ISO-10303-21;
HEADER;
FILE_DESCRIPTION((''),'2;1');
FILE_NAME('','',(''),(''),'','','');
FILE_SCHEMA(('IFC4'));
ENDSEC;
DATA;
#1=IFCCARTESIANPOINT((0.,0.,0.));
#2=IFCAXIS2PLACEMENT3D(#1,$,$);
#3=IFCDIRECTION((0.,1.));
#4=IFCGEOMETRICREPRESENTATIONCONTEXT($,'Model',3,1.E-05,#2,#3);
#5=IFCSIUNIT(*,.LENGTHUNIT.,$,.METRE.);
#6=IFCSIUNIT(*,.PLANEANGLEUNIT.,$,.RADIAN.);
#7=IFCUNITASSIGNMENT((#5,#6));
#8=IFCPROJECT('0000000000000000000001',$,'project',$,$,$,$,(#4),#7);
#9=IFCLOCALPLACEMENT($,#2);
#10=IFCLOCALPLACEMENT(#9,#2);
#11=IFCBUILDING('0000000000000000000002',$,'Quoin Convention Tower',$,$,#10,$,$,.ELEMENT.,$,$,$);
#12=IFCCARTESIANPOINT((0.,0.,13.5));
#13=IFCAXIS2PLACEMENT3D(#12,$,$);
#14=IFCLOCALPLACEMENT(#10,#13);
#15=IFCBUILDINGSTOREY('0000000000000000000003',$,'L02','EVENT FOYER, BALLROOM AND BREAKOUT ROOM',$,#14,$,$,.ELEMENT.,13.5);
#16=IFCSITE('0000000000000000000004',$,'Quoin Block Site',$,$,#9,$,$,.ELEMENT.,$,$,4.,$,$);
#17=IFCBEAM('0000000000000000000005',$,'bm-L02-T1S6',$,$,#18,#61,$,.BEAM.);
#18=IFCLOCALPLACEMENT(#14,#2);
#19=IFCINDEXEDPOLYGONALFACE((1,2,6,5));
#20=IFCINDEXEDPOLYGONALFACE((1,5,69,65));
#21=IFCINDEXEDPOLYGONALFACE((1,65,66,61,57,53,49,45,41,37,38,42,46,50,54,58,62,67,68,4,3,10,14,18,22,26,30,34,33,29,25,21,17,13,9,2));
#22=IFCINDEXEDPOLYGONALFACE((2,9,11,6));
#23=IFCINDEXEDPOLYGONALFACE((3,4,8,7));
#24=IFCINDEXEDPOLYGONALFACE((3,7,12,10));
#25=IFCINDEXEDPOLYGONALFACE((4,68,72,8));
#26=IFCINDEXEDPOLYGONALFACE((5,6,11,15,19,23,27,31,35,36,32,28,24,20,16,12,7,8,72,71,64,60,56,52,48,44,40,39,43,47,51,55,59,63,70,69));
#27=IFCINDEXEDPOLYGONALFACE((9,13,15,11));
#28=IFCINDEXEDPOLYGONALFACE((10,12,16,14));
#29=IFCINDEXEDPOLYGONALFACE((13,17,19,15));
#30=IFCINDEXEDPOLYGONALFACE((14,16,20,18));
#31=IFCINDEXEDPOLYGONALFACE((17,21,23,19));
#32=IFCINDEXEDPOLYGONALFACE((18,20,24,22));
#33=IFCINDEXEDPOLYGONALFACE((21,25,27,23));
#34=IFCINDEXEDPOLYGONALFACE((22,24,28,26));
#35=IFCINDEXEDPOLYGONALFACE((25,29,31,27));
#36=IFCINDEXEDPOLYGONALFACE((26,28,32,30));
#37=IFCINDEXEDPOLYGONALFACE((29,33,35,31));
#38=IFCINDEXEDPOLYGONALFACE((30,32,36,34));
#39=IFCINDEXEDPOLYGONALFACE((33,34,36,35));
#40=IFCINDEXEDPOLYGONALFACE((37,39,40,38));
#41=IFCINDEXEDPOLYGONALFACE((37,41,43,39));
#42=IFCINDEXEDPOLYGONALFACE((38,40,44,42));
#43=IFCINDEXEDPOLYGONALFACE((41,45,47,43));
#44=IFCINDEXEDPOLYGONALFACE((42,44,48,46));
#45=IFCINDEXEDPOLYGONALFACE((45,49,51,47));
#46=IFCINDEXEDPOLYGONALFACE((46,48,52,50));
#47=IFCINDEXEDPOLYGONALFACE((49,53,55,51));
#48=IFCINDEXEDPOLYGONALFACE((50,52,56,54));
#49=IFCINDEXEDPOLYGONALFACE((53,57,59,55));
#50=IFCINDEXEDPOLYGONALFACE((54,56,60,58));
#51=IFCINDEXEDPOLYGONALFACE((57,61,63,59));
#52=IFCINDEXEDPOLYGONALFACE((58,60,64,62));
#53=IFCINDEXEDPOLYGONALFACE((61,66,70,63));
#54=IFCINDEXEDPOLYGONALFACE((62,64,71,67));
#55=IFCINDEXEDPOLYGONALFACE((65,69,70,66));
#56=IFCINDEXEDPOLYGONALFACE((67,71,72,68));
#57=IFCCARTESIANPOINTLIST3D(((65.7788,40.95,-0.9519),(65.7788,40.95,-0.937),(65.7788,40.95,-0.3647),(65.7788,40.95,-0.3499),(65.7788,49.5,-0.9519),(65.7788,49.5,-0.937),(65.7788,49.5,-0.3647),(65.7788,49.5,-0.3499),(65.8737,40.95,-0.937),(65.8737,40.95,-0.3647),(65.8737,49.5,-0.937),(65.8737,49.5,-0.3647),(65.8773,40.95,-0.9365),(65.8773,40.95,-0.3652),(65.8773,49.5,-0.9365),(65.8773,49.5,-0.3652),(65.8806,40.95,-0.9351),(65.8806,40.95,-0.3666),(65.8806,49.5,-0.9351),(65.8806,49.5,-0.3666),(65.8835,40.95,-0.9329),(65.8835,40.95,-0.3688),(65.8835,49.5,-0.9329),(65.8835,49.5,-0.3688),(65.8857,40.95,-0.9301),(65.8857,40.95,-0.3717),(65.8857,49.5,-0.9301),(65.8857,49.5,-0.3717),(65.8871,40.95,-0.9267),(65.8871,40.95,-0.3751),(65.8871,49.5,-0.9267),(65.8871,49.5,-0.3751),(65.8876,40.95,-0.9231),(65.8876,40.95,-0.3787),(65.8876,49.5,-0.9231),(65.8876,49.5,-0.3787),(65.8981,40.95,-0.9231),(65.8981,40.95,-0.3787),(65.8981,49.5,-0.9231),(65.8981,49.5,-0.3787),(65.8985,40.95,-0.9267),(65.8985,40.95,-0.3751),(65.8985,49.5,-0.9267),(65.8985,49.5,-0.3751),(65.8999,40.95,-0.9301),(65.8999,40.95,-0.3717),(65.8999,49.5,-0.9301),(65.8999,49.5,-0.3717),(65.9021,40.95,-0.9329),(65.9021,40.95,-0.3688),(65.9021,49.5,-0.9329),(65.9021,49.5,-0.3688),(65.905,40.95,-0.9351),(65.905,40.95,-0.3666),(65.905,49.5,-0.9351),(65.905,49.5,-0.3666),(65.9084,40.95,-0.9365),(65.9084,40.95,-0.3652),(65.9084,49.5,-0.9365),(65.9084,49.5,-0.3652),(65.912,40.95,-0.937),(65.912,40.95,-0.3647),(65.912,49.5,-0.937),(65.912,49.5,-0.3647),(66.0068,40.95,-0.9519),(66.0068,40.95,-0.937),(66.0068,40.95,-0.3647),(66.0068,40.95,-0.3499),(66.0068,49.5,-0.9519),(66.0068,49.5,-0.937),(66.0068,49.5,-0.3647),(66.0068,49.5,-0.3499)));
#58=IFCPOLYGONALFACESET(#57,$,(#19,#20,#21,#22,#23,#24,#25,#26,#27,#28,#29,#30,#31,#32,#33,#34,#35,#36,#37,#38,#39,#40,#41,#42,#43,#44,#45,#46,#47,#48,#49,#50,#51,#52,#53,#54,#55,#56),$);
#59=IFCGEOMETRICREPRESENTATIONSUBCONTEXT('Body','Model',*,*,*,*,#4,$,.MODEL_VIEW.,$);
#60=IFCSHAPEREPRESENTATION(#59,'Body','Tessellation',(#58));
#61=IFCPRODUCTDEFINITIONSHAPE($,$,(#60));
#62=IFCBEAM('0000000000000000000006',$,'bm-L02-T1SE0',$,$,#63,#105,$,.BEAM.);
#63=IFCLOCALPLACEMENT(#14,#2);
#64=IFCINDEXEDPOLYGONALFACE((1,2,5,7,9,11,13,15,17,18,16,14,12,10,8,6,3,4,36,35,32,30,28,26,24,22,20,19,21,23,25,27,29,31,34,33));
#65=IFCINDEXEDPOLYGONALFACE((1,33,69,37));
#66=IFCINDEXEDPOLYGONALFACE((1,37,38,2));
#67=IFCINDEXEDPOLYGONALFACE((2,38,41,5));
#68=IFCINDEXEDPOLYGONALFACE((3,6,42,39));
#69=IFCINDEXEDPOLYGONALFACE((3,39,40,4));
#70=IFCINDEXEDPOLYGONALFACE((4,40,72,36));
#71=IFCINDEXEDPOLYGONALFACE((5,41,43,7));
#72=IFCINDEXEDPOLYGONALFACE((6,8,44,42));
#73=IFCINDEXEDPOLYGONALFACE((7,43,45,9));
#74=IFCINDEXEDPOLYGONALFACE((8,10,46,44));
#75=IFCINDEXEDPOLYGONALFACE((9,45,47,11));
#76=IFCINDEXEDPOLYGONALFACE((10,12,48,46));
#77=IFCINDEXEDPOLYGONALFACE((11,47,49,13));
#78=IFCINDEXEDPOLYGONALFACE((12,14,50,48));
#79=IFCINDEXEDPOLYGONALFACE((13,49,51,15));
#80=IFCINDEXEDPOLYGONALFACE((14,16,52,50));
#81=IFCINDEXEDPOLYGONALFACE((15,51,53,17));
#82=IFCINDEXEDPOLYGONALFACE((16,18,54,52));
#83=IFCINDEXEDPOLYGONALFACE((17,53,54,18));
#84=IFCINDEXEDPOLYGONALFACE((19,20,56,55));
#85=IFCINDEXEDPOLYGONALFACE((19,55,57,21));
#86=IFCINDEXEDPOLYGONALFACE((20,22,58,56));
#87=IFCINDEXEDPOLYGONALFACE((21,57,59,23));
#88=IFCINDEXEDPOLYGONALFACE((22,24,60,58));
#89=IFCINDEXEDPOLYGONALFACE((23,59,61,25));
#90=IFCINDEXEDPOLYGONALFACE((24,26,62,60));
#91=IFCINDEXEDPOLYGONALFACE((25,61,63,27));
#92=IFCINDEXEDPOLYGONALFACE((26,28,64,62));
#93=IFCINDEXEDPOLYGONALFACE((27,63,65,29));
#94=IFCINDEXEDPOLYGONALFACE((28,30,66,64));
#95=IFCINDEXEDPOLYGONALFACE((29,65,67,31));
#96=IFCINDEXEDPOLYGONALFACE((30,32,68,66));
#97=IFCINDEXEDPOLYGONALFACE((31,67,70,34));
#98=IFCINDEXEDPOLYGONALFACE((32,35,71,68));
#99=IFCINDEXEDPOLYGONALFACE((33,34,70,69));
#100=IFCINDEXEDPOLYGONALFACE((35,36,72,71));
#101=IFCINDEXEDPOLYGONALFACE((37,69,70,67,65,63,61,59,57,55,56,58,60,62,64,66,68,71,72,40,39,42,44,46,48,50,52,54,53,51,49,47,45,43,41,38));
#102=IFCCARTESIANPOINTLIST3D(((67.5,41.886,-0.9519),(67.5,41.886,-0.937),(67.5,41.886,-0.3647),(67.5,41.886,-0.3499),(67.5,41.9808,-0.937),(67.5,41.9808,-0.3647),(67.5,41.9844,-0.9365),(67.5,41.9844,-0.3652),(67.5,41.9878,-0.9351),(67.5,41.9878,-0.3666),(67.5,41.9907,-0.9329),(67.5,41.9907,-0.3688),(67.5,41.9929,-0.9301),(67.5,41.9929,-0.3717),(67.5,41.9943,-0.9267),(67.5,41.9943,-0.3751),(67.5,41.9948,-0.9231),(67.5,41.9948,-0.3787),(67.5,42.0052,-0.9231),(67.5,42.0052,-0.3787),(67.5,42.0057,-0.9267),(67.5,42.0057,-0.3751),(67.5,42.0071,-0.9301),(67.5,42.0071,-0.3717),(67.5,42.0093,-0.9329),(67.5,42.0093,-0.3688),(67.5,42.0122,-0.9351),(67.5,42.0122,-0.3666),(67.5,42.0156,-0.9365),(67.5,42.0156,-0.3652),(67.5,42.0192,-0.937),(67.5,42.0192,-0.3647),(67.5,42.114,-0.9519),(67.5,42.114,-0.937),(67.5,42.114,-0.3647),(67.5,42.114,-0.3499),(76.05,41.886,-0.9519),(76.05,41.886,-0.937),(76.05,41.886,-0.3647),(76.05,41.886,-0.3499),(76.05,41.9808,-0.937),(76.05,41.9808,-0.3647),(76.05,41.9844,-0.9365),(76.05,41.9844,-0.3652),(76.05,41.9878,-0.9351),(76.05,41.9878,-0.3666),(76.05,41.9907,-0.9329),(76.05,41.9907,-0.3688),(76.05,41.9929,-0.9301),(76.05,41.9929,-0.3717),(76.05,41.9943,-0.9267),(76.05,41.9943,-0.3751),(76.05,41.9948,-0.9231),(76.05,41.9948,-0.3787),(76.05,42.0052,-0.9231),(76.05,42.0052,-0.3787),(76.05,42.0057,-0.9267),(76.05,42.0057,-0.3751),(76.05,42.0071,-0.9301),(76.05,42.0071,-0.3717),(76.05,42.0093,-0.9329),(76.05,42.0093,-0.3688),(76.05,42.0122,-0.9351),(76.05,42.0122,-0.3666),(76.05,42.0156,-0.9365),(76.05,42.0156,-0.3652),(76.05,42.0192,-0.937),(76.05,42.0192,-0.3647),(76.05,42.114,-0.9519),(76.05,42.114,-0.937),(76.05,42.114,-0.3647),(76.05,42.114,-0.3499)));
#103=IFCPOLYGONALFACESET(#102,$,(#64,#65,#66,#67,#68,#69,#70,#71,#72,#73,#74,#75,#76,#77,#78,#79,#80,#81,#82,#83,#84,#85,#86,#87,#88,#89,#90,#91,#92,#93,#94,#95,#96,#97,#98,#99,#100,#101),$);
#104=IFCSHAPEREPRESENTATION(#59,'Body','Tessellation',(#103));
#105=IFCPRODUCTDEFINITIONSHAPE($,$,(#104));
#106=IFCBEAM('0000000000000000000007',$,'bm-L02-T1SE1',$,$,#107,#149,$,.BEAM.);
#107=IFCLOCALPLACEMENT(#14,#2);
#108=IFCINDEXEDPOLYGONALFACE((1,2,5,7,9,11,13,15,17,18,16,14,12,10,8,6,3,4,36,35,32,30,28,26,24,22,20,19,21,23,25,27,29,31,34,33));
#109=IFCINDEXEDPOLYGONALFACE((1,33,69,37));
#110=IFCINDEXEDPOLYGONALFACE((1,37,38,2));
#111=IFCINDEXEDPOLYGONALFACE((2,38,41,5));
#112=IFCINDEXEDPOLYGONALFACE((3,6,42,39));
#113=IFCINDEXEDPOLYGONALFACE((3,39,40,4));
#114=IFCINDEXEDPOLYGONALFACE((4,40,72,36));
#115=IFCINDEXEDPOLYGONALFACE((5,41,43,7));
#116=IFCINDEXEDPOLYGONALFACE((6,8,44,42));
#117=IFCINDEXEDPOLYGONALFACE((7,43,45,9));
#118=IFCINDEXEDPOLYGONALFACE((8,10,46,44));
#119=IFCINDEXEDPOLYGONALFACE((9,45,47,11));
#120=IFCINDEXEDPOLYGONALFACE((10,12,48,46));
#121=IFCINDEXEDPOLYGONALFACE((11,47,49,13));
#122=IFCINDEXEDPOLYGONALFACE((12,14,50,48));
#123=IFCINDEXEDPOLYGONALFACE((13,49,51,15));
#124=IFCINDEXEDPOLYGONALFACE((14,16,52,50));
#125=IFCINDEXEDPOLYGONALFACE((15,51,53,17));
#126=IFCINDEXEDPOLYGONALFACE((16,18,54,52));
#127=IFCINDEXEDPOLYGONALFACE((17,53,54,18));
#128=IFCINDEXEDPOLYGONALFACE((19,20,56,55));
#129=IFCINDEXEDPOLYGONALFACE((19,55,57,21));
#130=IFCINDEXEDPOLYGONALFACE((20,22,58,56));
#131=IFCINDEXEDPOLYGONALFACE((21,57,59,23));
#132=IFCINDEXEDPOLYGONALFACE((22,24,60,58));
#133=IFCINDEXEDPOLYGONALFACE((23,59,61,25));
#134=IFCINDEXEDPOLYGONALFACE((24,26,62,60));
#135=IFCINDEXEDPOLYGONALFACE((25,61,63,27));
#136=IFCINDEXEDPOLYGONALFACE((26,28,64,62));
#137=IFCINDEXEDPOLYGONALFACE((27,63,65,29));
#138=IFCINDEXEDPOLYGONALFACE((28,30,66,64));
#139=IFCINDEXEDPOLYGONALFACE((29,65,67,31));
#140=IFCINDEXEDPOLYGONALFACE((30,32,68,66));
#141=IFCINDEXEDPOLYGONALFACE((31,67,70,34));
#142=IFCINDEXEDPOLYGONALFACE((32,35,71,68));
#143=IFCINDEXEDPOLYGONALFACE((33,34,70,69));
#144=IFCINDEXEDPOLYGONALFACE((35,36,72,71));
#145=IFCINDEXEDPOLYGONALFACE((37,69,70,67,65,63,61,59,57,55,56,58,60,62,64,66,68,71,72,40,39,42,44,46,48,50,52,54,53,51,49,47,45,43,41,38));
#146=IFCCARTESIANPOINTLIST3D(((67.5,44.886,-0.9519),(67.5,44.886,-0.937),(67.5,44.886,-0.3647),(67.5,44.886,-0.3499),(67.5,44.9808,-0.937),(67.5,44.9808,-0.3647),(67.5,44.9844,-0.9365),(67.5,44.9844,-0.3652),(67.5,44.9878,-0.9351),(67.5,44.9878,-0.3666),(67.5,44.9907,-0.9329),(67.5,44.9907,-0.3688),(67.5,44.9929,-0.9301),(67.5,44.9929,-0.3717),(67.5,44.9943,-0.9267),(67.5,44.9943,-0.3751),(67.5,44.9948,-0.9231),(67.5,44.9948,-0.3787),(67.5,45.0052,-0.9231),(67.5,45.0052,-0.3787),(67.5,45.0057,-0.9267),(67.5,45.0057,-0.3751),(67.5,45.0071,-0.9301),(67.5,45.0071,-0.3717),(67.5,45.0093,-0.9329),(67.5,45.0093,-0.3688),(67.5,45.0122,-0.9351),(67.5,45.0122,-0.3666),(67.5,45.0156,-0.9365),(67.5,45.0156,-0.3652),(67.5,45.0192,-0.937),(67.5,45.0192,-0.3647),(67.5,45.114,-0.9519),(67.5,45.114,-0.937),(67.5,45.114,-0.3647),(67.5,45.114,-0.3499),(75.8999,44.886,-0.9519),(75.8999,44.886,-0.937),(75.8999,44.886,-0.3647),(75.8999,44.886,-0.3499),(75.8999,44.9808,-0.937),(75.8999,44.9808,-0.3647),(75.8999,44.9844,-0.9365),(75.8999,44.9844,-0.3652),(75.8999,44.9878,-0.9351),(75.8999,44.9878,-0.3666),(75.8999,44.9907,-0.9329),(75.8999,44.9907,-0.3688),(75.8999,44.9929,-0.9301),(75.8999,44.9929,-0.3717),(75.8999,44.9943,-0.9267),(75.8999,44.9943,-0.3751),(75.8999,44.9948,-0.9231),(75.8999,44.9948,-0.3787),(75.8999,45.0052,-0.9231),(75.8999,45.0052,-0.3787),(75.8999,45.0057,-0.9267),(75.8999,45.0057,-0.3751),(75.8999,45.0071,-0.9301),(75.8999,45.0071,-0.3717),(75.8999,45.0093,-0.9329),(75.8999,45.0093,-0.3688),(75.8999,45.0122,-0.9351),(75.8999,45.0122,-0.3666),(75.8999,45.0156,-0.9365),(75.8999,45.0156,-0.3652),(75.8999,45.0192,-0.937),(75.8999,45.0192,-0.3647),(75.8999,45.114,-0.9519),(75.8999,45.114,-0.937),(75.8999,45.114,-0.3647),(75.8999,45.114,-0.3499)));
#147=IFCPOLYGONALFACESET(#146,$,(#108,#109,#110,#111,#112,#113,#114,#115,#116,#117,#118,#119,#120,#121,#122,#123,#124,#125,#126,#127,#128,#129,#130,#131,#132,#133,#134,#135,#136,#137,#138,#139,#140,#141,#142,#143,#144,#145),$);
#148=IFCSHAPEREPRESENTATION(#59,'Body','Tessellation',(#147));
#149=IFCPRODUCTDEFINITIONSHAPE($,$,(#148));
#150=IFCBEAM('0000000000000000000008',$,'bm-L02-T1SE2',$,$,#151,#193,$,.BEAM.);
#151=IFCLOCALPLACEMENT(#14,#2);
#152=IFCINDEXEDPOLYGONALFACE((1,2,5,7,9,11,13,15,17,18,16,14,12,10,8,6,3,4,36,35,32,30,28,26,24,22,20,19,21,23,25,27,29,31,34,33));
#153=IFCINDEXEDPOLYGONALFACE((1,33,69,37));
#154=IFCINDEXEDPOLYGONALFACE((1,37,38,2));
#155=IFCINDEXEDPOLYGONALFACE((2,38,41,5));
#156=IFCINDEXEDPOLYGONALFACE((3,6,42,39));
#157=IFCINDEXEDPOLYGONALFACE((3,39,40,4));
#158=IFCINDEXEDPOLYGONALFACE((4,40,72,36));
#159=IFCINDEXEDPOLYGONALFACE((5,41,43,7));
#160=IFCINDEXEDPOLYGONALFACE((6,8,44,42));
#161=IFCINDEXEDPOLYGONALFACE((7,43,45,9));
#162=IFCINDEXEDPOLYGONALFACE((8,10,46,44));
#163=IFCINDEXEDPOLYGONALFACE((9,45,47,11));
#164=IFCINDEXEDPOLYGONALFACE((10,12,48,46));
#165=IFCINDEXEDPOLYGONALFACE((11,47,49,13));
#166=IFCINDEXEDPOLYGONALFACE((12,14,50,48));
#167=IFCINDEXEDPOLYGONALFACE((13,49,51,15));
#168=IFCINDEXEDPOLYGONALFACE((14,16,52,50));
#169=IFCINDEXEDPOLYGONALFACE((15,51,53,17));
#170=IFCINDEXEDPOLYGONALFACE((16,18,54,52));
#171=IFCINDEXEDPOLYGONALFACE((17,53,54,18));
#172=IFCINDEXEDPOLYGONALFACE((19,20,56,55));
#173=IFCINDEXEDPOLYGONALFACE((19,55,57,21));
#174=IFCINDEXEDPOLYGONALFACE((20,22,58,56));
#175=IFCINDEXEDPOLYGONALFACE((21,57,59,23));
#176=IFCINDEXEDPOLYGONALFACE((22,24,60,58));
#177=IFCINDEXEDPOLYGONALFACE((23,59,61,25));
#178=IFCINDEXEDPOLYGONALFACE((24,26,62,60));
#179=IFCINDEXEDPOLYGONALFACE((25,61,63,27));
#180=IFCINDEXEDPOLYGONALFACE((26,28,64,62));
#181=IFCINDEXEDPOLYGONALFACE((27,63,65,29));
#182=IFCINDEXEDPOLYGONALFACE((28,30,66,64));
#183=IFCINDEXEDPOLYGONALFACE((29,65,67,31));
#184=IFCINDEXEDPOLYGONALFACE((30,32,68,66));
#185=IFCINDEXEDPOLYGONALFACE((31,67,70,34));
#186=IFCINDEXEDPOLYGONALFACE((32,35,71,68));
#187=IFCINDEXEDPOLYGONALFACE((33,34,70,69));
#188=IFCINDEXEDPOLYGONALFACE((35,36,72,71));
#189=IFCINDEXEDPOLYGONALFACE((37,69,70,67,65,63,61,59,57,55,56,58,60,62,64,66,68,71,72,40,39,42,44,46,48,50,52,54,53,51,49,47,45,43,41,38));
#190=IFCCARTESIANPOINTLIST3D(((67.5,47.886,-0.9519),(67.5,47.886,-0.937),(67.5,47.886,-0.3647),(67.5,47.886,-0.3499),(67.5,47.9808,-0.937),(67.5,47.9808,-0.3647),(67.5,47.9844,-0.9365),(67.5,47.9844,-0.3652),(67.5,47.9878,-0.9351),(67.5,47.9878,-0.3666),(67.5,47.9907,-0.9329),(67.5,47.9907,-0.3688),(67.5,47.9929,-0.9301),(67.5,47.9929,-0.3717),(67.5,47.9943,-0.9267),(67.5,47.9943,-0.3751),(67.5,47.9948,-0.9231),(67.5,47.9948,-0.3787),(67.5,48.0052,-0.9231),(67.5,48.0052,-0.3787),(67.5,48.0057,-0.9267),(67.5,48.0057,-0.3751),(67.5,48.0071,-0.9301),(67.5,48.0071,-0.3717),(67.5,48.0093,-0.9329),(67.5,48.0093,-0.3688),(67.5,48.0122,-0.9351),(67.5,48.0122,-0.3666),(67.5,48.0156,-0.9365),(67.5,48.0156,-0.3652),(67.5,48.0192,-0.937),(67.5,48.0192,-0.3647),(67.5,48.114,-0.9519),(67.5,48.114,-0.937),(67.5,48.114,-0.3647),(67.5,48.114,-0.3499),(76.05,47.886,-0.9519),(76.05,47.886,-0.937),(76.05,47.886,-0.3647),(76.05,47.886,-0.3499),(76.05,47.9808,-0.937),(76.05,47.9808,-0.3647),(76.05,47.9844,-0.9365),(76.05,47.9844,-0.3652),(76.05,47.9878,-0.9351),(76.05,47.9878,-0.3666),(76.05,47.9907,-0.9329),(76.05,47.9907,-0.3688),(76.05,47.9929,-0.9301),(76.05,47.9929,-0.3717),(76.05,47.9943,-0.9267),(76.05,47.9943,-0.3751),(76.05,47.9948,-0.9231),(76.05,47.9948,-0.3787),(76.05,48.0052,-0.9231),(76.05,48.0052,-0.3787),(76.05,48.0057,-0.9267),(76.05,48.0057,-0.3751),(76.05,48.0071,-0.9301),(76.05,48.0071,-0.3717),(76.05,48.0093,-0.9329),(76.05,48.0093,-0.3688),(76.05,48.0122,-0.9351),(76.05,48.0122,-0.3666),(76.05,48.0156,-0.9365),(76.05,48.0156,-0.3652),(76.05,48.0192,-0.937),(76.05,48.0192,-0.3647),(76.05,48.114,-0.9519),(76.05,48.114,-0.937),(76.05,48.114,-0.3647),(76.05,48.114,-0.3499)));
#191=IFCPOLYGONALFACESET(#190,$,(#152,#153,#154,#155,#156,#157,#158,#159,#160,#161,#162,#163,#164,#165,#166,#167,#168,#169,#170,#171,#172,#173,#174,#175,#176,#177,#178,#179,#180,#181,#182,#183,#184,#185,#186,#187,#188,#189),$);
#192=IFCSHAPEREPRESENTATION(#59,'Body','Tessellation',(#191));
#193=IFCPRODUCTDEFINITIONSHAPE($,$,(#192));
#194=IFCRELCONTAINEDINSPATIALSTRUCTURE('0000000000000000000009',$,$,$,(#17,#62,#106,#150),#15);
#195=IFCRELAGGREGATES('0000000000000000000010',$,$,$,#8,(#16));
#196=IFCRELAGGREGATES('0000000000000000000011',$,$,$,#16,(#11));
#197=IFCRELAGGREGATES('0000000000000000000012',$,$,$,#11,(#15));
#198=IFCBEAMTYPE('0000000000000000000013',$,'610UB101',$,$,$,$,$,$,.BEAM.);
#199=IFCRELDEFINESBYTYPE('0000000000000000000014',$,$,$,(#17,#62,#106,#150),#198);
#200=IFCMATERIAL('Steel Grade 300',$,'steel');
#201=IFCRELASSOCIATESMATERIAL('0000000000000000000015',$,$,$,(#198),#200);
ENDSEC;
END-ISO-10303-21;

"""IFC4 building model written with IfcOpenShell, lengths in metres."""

from ifc_helpers import new_model, si_unit, direction, frame, origin, origin_2d, place, context, subcontext, project, spatial, i_section, extrude, material, material_profile, profile_set, type_object, element, save


model = new_model("IFC4")

# Units and contexts
model_context = context("Model", 3, precision=1e-05, world=origin(), true_north=direction((0.0, 1.0)))
body_context = subcontext(model_context, "Body", "Model", "MODEL_VIEW")
ifc_project = project(units=[si_unit("LENGTHUNIT", "METRE"), si_unit("PLANEANGLEUNIT", "RADIAN")], contexts=[model_context])

# Site, building, storey
site_placement = place(None, origin())
site = spatial("IfcSite", under=ifc_project, at=site_placement, Name="Quoin Block Site", CompositionType="ELEMENT", RefElevation=4.0)
building_placement = place(site_placement, origin())
building = spatial("IfcBuilding", under=site, at=building_placement, Name="Quoin Convention Tower", CompositionType="ELEMENT")
storey_placement = place(building_placement, frame((0.0, 0.0, 13.5)))
storey = spatial("IfcBuildingStorey", under=building, at=storey_placement, Name="L02", Description="EVENT FOYER, BALLROOM AND BREAKOUT ROOM", CompositionType="ELEMENT", Elevation=13.5)

# Beams
ifc_material_1 = material(Name="Steel Grade 300", Category="steel")
ifc_material_profile_1 = material_profile(ifc_material_1, i_section(OverallWidth=0.228, OverallDepth=0.6021, WebThickness=0.0105, FlangeThickness=0.0149, FilletRadius=0.0139, at=origin_2d()), Name="610UB101")
ifc_profile_set_1 = profile_set([ifc_material_profile_1], Name="Steel Grade 300")
beam_type_1 = type_object("IfcBeamType", Name="610UB101", PredefinedType="BEAM", material=ifc_profile_set_1)
for number, where, z_axis, x_axis, name in (
    (1, (65.8928, 40.95, -0.6509), (0.0, 1.0, 0.0), (-1.0, 0.0, 0.0), "bm-L02-T1S6"),
    (2, (67.5, 42.0, -0.6509), (1.0, 0.0, 0.0), (0.0, 1.0, 0.0), "bm-L02-T1SE0"),
):
    element("IfcBeam", number, at=place(storey_placement, frame(where, z_axis=z_axis, x_axis=x_axis)), inside=storey, type_object=beam_type_1, Name=name, PredefinedType="BEAM", context=body_context, shape_type="SweptSolid", body=[
        extrude(i_section(OverallWidth=0.228, OverallDepth=0.6021, WebThickness=0.0105, FlangeThickness=0.0149, FilletRadius=0.0139, at=origin_2d()), origin(), (0.0, 0.0, 1.0), 8.55),
    ])
beam_1_placement = place(storey_placement, frame((67.5, 45.0, -0.6509), z_axis=(1.0, 0.0, 0.0), x_axis=(0.0, 1.0, 0.0)))
element("IfcBeam", 3, at=beam_1_placement, inside=storey, type_object=beam_type_1, Name="bm-L02-T1SE1", PredefinedType="BEAM", context=body_context, shape_type="SweptSolid", body=[
    extrude(i_section(OverallWidth=0.228, OverallDepth=0.6021, WebThickness=0.0105, FlangeThickness=0.0149, FilletRadius=0.0139, at=origin_2d()), origin(), (0.0, 0.0, 1.0), 8.3999),
])
beam_2_placement = place(storey_placement, frame((67.5, 48.0, -0.6509), z_axis=(1.0, 0.0, 0.0), x_axis=(0.0, 1.0, 0.0)))
element("IfcBeam", 4, at=beam_2_placement, inside=storey, type_object=beam_type_1, Name="bm-L02-T1SE2", PredefinedType="BEAM", context=body_context, shape_type="SweptSolid", body=[
    extrude(i_section(OverallWidth=0.228, OverallDepth=0.6021, WebThickness=0.0105, FlangeThickness=0.0149, FilletRadius=0.0139, at=origin_2d()), origin(), (0.0, 0.0, 1.0), 8.55),
])

save(model, "model.ifc")
